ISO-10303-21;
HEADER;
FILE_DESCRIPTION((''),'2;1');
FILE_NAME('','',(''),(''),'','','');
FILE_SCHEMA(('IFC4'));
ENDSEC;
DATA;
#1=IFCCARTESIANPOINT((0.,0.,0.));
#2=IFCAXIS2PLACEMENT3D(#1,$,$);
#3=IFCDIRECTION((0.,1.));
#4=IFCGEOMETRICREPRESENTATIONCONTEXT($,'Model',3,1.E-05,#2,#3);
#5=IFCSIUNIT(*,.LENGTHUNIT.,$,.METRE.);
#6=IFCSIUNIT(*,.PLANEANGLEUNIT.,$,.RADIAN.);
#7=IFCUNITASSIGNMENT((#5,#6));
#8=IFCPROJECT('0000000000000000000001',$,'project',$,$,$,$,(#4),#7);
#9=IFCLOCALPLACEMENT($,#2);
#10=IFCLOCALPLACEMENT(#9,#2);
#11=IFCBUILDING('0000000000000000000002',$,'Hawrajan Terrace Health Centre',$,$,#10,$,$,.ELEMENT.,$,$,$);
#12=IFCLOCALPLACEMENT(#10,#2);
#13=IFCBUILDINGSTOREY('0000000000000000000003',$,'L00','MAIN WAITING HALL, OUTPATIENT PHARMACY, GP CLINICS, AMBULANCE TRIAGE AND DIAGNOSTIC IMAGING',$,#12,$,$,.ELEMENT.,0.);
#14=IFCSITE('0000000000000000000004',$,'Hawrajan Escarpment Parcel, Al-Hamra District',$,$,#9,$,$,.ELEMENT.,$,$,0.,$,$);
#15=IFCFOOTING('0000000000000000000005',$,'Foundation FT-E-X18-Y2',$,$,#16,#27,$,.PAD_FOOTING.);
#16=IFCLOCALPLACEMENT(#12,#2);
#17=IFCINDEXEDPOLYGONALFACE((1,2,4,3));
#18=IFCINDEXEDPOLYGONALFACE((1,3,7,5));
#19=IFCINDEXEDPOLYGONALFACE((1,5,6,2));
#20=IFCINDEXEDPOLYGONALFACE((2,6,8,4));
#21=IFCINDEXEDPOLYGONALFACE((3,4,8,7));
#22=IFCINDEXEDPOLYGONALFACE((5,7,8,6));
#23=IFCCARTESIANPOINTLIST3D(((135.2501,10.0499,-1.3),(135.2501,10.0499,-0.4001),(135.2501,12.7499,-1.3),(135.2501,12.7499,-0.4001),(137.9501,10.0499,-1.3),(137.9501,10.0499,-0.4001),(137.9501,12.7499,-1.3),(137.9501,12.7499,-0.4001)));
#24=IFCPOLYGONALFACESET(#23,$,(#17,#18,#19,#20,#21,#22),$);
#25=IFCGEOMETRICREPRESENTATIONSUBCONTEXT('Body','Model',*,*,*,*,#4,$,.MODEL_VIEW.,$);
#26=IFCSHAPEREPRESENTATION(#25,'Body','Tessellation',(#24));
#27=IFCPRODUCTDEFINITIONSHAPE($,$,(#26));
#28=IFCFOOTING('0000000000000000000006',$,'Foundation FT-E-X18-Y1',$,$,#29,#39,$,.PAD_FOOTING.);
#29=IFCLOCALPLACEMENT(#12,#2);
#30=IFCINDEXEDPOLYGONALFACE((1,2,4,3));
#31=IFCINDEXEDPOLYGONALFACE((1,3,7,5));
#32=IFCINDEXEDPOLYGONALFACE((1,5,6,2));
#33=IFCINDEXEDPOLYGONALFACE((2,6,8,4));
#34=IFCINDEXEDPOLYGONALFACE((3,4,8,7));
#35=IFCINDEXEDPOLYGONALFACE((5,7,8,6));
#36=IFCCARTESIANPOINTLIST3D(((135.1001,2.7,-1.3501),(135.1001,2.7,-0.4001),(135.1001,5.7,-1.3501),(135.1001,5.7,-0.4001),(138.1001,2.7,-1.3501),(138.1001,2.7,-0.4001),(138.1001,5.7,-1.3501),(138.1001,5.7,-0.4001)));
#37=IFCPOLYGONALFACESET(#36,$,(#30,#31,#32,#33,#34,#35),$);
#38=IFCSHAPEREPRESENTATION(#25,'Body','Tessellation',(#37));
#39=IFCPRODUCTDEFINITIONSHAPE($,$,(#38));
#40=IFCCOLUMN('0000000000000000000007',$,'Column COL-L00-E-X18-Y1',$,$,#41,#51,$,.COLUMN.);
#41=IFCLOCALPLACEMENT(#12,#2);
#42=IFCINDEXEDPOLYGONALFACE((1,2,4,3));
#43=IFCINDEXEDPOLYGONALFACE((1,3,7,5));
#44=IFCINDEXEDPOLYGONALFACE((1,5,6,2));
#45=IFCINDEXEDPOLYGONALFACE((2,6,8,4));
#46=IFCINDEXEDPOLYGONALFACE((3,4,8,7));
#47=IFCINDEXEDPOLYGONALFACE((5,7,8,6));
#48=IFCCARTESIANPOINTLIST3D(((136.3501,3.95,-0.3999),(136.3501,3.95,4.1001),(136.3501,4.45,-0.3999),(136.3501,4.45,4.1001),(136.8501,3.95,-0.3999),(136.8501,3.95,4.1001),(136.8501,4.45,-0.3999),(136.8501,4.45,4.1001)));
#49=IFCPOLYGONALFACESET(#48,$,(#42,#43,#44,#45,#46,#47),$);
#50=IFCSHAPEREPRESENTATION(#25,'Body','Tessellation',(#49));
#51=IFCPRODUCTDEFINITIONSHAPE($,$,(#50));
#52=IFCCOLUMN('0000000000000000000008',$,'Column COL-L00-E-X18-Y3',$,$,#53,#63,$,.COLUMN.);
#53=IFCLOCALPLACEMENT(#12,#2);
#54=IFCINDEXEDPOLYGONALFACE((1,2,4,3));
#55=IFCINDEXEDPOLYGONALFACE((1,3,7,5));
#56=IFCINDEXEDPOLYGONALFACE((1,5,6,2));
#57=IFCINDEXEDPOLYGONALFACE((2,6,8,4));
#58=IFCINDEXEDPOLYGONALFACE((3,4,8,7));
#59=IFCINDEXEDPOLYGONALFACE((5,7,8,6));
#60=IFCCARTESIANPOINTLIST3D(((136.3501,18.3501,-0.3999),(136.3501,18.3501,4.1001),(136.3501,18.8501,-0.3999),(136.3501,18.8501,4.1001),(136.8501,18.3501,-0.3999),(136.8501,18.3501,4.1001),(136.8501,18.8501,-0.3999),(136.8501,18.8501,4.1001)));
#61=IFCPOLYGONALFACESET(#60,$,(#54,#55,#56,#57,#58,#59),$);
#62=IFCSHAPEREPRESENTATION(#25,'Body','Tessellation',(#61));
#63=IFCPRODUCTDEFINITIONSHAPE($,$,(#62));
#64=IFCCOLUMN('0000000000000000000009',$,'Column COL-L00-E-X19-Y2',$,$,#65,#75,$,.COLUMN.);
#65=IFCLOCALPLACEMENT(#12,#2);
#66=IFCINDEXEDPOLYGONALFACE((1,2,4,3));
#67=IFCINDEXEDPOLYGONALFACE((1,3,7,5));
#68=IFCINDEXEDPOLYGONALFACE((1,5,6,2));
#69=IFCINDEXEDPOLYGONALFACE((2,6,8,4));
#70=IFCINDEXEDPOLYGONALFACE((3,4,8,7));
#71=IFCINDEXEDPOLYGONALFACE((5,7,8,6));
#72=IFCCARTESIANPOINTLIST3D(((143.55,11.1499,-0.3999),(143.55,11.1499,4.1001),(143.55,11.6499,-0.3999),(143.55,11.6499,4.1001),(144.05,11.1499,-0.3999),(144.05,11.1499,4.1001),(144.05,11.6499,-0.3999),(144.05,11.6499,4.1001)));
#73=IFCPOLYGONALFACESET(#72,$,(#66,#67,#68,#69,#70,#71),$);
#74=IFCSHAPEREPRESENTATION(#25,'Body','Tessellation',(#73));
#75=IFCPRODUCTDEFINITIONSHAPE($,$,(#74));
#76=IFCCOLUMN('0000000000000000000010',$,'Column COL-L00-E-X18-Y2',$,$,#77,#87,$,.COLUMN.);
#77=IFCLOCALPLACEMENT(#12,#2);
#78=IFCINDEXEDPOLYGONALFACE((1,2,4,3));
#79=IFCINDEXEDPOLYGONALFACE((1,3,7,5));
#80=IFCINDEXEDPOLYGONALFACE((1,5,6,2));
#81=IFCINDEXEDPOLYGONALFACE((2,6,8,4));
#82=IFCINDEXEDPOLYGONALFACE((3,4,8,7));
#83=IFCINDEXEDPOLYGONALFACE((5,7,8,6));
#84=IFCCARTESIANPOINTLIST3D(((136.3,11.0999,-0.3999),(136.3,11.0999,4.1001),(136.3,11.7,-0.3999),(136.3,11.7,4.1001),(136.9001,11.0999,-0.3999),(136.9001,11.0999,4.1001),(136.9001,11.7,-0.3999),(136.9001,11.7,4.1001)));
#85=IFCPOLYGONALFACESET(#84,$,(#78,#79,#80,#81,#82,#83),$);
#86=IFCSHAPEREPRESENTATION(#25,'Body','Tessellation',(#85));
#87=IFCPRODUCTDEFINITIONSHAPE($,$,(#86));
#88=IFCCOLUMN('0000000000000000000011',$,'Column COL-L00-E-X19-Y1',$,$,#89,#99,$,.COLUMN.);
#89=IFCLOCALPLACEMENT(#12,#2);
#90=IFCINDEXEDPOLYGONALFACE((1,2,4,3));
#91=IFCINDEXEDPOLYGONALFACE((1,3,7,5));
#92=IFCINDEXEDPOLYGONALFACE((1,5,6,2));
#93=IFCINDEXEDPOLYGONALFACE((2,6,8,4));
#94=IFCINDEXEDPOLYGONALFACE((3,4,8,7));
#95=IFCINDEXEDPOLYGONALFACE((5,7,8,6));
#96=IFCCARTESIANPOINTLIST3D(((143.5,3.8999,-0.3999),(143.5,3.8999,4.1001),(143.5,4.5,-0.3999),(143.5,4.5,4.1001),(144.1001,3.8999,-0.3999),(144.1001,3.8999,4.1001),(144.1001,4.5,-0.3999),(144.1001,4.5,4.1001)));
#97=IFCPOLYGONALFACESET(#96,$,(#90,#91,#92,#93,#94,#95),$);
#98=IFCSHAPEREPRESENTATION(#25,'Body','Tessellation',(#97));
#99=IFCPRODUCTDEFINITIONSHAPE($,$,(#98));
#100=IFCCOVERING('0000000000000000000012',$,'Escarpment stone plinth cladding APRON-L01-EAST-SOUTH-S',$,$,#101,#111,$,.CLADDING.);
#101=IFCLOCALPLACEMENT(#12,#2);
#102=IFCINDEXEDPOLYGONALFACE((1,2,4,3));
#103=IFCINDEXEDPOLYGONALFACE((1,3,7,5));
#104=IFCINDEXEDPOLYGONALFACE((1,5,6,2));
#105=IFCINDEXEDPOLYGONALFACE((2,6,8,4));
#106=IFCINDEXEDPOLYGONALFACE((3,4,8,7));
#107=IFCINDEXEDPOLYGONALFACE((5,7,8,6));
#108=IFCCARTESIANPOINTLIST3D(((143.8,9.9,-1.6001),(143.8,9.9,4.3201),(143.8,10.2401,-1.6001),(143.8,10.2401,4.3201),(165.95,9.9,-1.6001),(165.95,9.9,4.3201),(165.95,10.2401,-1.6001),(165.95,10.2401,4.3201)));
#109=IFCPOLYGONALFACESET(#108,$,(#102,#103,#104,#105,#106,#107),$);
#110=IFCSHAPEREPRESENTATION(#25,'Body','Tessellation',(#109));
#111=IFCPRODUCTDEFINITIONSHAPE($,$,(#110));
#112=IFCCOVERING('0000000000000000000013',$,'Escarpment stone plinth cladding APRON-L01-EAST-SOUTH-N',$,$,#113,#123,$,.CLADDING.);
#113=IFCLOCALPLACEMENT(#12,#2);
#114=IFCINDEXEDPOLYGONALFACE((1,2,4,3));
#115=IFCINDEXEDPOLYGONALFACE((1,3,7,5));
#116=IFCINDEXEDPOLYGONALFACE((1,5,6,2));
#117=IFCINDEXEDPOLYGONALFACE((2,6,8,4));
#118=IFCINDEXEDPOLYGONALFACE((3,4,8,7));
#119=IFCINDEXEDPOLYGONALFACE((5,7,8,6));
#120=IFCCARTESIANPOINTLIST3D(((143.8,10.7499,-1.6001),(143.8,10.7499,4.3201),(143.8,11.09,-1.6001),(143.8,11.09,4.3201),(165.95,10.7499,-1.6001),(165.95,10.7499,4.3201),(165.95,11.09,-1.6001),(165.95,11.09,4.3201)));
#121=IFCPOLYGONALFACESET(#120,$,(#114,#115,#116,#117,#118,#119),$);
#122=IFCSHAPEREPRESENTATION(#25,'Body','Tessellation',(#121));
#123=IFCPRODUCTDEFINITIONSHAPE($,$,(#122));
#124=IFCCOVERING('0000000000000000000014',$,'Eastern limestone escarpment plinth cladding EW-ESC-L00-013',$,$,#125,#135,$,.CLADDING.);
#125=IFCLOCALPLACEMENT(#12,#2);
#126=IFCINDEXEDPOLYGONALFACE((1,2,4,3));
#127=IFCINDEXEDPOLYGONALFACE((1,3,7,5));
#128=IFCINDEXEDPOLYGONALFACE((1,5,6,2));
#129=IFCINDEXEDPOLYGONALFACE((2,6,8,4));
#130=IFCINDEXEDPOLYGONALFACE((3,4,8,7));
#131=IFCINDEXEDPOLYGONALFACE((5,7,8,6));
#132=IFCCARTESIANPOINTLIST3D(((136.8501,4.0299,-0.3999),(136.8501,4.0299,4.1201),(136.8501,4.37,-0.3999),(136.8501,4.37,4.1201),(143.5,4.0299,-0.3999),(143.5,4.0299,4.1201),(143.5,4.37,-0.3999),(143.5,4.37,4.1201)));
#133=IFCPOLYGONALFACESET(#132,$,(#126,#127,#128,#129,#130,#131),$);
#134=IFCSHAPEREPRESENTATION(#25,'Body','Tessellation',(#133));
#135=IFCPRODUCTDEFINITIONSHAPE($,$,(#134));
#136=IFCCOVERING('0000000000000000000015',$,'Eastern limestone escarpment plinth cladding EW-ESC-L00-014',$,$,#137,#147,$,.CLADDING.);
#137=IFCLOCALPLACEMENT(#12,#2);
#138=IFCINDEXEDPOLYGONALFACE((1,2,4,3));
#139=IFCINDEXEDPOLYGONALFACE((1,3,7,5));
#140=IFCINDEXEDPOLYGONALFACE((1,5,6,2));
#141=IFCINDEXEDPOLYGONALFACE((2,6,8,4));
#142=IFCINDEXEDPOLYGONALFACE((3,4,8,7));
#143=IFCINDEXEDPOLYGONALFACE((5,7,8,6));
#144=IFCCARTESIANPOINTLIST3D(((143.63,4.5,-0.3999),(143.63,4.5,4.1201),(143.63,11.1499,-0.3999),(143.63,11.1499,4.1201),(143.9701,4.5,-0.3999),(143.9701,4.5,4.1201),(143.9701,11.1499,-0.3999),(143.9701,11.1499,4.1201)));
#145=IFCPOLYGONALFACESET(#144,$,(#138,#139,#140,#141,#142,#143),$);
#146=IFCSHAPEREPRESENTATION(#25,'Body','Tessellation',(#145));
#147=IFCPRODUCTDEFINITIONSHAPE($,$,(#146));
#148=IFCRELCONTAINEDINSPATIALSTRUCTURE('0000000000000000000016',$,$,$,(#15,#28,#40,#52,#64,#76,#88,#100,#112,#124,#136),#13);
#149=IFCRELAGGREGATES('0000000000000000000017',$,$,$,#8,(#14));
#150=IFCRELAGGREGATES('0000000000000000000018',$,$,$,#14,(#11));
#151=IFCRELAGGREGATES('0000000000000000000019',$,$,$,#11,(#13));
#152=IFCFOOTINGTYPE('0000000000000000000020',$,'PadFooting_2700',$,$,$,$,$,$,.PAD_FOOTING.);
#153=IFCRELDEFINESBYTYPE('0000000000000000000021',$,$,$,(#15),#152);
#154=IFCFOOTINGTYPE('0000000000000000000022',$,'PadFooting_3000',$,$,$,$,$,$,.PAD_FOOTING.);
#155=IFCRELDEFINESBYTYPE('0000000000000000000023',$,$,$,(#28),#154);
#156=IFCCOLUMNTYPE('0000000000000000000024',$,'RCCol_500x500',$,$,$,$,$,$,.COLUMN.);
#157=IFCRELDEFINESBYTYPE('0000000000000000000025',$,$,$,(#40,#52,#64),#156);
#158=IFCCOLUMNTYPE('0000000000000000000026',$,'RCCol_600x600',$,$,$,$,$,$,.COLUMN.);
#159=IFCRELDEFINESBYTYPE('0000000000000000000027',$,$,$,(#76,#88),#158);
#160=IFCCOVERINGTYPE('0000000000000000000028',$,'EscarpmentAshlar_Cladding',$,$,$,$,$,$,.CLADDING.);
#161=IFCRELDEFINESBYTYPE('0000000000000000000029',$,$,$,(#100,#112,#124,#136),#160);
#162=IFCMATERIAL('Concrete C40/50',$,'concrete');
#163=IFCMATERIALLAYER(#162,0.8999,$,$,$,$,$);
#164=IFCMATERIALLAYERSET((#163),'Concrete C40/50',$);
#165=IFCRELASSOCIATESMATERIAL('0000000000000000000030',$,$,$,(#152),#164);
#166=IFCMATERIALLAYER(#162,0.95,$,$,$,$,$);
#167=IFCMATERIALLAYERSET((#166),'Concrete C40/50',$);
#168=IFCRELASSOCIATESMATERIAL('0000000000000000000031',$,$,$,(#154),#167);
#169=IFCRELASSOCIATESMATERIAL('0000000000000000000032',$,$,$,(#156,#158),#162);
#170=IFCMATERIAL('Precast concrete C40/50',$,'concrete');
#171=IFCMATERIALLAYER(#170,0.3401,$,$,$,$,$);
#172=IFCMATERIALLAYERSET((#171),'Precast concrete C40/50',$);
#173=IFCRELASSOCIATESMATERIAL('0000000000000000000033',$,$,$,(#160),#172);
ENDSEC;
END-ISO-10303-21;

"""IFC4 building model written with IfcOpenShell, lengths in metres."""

from ifc_helpers import new_model, si_unit, direction, frame, frame_2d, origin, origin_2d, place, context, subcontext, project, spatial, rectangle, extrude, material, layer, layer_set, material_profile, profile_set, type_object, element, save


model = new_model("IFC4")

# Units and contexts
model_context = context("Model", 3, precision=1e-05, world=origin(), true_north=direction((0.0, 1.0)))
body_context = subcontext(model_context, "Body", "Model", "MODEL_VIEW")
ifc_project = project(units=[si_unit("LENGTHUNIT", "METRE"), si_unit("PLANEANGLEUNIT", "RADIAN")], contexts=[model_context])

# Site, building, storey
site_placement = place(None, origin())
site = spatial("IfcSite", under=ifc_project, at=site_placement, Name="Hawrajan Escarpment Parcel, Al-Hamra District", CompositionType="ELEMENT", RefElevation=0.0)
building_placement = place(site_placement, origin())
building = spatial("IfcBuilding", under=site, at=building_placement, Name="Hawrajan Terrace Health Centre", CompositionType="ELEMENT")
storey_placement = place(building_placement, origin())
storey = spatial("IfcBuildingStorey", under=building, at=storey_placement, Name="L00", Description="MAIN WAITING HALL, OUTPATIENT PHARMACY, GP CLINICS, AMBULANCE TRIAGE AND DIAGNOSTIC IMAGING", CompositionType="ELEMENT", Elevation=0.0)

# Shared definitions
ifc_material_1 = material(Name="Concrete C40/50", Category="concrete")

# Footings
ifc_layer_1 = layer(ifc_material_1, 0.8999)
ifc_layer_set_1 = layer_set([ifc_layer_1], Name="Concrete C40/50")
footing_type_1 = type_object("IfcFootingType", Name="PadFooting_2700", PredefinedType="PAD_FOOTING", material=ifc_layer_set_1)
footing_1_placement = place(storey_placement, frame((136.6001, 11.3999, -1.3), z_axis=(0.0, 0.0, 1.0), x_axis=(1.0, 0.0, 0.0)))
element("IfcFooting", 1, at=footing_1_placement, inside=storey, type_object=footing_type_1, Name="Foundation FT-E-X18-Y2", PredefinedType="PAD_FOOTING", context=body_context, shape_type="SweptSolid", body=[
    extrude(rectangle(XDim=2.7, YDim=2.7, at=origin_2d()), origin(), (0.0, 0.0, 1.0), 0.8999),
])
ifc_layer_2 = layer(ifc_material_1, 0.95)
ifc_layer_set_2 = layer_set([ifc_layer_2], Name="Concrete C40/50")
footing_type_2 = type_object("IfcFootingType", Name="PadFooting_3000", PredefinedType="PAD_FOOTING", material=ifc_layer_set_2)
footing_2_placement = place(storey_placement, frame((136.6001, 4.2, -1.3501), z_axis=(0.0, 0.0, 1.0), x_axis=(1.0, 0.0, 0.0)))
element("IfcFooting", 2, at=footing_2_placement, inside=storey, type_object=footing_type_2, Name="Foundation FT-E-X18-Y1", PredefinedType="PAD_FOOTING", context=body_context, shape_type="SweptSolid", body=[
    extrude(rectangle(XDim=3.0, YDim=3.0, at=origin_2d()), origin(), (0.0, 0.0, 1.0), 0.95),
])

# Columns
ifc_material_profile_1 = material_profile(ifc_material_1, rectangle(XDim=0.5, YDim=0.5, at=origin_2d()), Name="RC 500x500")
ifc_profile_set_1 = profile_set([ifc_material_profile_1], Name="Concrete C40/50")
column_type_1 = type_object("IfcColumnType", Name="RCCol_500x500", PredefinedType="COLUMN", material=ifc_profile_set_1)
for number, where, z_axis, x_axis, name in (
    (3, (136.6001, 4.2, -0.3999), (0.0, 0.0, 1.0), (1.0, 0.0, 0.0), "Column COL-L00-E-X18-Y1"),
    (4, (136.6001, 18.6001, -0.3999), (0.0, 0.0, 1.0), (1.0, 0.0, 0.0), "Column COL-L00-E-X18-Y3"),
    (5, (143.8, 11.3999, -0.3999), (0.0, 0.0, 1.0), (1.0, 0.0, 0.0), "Column COL-L00-E-X19-Y2"),
):
    element("IfcColumn", number, at=place(storey_placement, frame(where, z_axis=z_axis, x_axis=x_axis)), inside=storey, type_object=column_type_1, Name=name, PredefinedType="COLUMN", context=body_context, shape_type="SweptSolid", body=[
        extrude(rectangle(XDim=0.5, YDim=0.5, at=origin_2d()), origin(), (0.0, 0.0, 1.0), 4.5),
    ])
ifc_material_profile_2 = material_profile(ifc_material_1, rectangle(XDim=0.6001, YDim=0.6001, at=origin_2d()), Name="RC 600x600")
ifc_profile_set_2 = profile_set([ifc_material_profile_2], Name="Concrete C40/50")
column_type_2 = type_object("IfcColumnType", Name="RCCol_600x600", PredefinedType="COLUMN", material=ifc_profile_set_2)
for number, where, z_axis, x_axis, name in (
    (6, (136.6001, 11.3999, -0.3999), (0.0, 0.0, 1.0), (1.0, 0.0, 0.0), "Column COL-L00-E-X18-Y2"),
    (7, (143.8, 4.2, -0.3999), (0.0, 0.0, 1.0), (1.0, 0.0, 0.0), "Column COL-L00-E-X19-Y1"),
):
    element("IfcColumn", number, at=place(storey_placement, frame(where, z_axis=z_axis, x_axis=x_axis)), inside=storey, type_object=column_type_2, Name=name, PredefinedType="COLUMN", context=body_context, shape_type="SweptSolid", body=[
        extrude(rectangle(XDim=0.6001, YDim=0.6001, at=origin_2d()), origin(), (0.0, 0.0, 1.0), 4.5),
    ])

# Coverings
ifc_material_2 = material(Name="Precast concrete C40/50", Category="concrete")
ifc_layer_3 = layer(ifc_material_2, 0.3401)
ifc_layer_set_3 = layer_set([ifc_layer_3], Name="Precast concrete C40/50")
covering_type = type_object("IfcCoveringType", Name="EscarpmentAshlar_Cladding", PredefinedType="CLADDING", material=ifc_layer_set_3)
for number, where, z_axis, x_axis, name in (
    (8, (143.8, 10.0701, -1.6001), (0.0, 0.0, 1.0), (1.0, 0.0, 0.0), "Escarpment stone plinth cladding APRON-L01-EAST-SOUTH-S"),
    (9, (143.8, 10.9199, -1.6001), (0.0, 0.0, 1.0), (1.0, 0.0, 0.0), "Escarpment stone plinth cladding APRON-L01-EAST-SOUTH-N"),
):
    element("IfcCovering", number, at=place(storey_placement, frame(where, z_axis=z_axis, x_axis=x_axis)), inside=storey, type_object=covering_type, Name=name, PredefinedType="CLADDING", context=body_context, shape_type="SweptSolid", body=[
        extrude(rectangle(XDim=22.1499, YDim=0.3401, at=frame_2d((11.075, 0.0))), origin(), (0.0, 0.0, 1.0), 5.9202),
    ])
for number, where, z_axis, x_axis, name in (
    (10, (136.8501, 4.2, -0.3999), (0.0, 0.0, 1.0), (1.0, 0.0, 0.0), "Eastern limestone escarpment plinth cladding EW-ESC-L00-013"),
    (11, (143.8, 4.5, -0.3999), (0.0, 0.0, 1.0), (0.0, 1.0, 0.0), "Eastern limestone escarpment plinth cladding EW-ESC-L00-014"),
):
    element("IfcCovering", number, at=place(storey_placement, frame(where, z_axis=z_axis, x_axis=x_axis)), inside=storey, type_object=covering_type, Name=name, PredefinedType="CLADDING", context=body_context, shape_type="SweptSolid", body=[
        extrude(rectangle(XDim=6.6499, YDim=0.3401, at=frame_2d((3.325, 0.0))), origin(), (0.0, 0.0, 1.0), 4.52),
    ])

save(model, "model.ifc")
